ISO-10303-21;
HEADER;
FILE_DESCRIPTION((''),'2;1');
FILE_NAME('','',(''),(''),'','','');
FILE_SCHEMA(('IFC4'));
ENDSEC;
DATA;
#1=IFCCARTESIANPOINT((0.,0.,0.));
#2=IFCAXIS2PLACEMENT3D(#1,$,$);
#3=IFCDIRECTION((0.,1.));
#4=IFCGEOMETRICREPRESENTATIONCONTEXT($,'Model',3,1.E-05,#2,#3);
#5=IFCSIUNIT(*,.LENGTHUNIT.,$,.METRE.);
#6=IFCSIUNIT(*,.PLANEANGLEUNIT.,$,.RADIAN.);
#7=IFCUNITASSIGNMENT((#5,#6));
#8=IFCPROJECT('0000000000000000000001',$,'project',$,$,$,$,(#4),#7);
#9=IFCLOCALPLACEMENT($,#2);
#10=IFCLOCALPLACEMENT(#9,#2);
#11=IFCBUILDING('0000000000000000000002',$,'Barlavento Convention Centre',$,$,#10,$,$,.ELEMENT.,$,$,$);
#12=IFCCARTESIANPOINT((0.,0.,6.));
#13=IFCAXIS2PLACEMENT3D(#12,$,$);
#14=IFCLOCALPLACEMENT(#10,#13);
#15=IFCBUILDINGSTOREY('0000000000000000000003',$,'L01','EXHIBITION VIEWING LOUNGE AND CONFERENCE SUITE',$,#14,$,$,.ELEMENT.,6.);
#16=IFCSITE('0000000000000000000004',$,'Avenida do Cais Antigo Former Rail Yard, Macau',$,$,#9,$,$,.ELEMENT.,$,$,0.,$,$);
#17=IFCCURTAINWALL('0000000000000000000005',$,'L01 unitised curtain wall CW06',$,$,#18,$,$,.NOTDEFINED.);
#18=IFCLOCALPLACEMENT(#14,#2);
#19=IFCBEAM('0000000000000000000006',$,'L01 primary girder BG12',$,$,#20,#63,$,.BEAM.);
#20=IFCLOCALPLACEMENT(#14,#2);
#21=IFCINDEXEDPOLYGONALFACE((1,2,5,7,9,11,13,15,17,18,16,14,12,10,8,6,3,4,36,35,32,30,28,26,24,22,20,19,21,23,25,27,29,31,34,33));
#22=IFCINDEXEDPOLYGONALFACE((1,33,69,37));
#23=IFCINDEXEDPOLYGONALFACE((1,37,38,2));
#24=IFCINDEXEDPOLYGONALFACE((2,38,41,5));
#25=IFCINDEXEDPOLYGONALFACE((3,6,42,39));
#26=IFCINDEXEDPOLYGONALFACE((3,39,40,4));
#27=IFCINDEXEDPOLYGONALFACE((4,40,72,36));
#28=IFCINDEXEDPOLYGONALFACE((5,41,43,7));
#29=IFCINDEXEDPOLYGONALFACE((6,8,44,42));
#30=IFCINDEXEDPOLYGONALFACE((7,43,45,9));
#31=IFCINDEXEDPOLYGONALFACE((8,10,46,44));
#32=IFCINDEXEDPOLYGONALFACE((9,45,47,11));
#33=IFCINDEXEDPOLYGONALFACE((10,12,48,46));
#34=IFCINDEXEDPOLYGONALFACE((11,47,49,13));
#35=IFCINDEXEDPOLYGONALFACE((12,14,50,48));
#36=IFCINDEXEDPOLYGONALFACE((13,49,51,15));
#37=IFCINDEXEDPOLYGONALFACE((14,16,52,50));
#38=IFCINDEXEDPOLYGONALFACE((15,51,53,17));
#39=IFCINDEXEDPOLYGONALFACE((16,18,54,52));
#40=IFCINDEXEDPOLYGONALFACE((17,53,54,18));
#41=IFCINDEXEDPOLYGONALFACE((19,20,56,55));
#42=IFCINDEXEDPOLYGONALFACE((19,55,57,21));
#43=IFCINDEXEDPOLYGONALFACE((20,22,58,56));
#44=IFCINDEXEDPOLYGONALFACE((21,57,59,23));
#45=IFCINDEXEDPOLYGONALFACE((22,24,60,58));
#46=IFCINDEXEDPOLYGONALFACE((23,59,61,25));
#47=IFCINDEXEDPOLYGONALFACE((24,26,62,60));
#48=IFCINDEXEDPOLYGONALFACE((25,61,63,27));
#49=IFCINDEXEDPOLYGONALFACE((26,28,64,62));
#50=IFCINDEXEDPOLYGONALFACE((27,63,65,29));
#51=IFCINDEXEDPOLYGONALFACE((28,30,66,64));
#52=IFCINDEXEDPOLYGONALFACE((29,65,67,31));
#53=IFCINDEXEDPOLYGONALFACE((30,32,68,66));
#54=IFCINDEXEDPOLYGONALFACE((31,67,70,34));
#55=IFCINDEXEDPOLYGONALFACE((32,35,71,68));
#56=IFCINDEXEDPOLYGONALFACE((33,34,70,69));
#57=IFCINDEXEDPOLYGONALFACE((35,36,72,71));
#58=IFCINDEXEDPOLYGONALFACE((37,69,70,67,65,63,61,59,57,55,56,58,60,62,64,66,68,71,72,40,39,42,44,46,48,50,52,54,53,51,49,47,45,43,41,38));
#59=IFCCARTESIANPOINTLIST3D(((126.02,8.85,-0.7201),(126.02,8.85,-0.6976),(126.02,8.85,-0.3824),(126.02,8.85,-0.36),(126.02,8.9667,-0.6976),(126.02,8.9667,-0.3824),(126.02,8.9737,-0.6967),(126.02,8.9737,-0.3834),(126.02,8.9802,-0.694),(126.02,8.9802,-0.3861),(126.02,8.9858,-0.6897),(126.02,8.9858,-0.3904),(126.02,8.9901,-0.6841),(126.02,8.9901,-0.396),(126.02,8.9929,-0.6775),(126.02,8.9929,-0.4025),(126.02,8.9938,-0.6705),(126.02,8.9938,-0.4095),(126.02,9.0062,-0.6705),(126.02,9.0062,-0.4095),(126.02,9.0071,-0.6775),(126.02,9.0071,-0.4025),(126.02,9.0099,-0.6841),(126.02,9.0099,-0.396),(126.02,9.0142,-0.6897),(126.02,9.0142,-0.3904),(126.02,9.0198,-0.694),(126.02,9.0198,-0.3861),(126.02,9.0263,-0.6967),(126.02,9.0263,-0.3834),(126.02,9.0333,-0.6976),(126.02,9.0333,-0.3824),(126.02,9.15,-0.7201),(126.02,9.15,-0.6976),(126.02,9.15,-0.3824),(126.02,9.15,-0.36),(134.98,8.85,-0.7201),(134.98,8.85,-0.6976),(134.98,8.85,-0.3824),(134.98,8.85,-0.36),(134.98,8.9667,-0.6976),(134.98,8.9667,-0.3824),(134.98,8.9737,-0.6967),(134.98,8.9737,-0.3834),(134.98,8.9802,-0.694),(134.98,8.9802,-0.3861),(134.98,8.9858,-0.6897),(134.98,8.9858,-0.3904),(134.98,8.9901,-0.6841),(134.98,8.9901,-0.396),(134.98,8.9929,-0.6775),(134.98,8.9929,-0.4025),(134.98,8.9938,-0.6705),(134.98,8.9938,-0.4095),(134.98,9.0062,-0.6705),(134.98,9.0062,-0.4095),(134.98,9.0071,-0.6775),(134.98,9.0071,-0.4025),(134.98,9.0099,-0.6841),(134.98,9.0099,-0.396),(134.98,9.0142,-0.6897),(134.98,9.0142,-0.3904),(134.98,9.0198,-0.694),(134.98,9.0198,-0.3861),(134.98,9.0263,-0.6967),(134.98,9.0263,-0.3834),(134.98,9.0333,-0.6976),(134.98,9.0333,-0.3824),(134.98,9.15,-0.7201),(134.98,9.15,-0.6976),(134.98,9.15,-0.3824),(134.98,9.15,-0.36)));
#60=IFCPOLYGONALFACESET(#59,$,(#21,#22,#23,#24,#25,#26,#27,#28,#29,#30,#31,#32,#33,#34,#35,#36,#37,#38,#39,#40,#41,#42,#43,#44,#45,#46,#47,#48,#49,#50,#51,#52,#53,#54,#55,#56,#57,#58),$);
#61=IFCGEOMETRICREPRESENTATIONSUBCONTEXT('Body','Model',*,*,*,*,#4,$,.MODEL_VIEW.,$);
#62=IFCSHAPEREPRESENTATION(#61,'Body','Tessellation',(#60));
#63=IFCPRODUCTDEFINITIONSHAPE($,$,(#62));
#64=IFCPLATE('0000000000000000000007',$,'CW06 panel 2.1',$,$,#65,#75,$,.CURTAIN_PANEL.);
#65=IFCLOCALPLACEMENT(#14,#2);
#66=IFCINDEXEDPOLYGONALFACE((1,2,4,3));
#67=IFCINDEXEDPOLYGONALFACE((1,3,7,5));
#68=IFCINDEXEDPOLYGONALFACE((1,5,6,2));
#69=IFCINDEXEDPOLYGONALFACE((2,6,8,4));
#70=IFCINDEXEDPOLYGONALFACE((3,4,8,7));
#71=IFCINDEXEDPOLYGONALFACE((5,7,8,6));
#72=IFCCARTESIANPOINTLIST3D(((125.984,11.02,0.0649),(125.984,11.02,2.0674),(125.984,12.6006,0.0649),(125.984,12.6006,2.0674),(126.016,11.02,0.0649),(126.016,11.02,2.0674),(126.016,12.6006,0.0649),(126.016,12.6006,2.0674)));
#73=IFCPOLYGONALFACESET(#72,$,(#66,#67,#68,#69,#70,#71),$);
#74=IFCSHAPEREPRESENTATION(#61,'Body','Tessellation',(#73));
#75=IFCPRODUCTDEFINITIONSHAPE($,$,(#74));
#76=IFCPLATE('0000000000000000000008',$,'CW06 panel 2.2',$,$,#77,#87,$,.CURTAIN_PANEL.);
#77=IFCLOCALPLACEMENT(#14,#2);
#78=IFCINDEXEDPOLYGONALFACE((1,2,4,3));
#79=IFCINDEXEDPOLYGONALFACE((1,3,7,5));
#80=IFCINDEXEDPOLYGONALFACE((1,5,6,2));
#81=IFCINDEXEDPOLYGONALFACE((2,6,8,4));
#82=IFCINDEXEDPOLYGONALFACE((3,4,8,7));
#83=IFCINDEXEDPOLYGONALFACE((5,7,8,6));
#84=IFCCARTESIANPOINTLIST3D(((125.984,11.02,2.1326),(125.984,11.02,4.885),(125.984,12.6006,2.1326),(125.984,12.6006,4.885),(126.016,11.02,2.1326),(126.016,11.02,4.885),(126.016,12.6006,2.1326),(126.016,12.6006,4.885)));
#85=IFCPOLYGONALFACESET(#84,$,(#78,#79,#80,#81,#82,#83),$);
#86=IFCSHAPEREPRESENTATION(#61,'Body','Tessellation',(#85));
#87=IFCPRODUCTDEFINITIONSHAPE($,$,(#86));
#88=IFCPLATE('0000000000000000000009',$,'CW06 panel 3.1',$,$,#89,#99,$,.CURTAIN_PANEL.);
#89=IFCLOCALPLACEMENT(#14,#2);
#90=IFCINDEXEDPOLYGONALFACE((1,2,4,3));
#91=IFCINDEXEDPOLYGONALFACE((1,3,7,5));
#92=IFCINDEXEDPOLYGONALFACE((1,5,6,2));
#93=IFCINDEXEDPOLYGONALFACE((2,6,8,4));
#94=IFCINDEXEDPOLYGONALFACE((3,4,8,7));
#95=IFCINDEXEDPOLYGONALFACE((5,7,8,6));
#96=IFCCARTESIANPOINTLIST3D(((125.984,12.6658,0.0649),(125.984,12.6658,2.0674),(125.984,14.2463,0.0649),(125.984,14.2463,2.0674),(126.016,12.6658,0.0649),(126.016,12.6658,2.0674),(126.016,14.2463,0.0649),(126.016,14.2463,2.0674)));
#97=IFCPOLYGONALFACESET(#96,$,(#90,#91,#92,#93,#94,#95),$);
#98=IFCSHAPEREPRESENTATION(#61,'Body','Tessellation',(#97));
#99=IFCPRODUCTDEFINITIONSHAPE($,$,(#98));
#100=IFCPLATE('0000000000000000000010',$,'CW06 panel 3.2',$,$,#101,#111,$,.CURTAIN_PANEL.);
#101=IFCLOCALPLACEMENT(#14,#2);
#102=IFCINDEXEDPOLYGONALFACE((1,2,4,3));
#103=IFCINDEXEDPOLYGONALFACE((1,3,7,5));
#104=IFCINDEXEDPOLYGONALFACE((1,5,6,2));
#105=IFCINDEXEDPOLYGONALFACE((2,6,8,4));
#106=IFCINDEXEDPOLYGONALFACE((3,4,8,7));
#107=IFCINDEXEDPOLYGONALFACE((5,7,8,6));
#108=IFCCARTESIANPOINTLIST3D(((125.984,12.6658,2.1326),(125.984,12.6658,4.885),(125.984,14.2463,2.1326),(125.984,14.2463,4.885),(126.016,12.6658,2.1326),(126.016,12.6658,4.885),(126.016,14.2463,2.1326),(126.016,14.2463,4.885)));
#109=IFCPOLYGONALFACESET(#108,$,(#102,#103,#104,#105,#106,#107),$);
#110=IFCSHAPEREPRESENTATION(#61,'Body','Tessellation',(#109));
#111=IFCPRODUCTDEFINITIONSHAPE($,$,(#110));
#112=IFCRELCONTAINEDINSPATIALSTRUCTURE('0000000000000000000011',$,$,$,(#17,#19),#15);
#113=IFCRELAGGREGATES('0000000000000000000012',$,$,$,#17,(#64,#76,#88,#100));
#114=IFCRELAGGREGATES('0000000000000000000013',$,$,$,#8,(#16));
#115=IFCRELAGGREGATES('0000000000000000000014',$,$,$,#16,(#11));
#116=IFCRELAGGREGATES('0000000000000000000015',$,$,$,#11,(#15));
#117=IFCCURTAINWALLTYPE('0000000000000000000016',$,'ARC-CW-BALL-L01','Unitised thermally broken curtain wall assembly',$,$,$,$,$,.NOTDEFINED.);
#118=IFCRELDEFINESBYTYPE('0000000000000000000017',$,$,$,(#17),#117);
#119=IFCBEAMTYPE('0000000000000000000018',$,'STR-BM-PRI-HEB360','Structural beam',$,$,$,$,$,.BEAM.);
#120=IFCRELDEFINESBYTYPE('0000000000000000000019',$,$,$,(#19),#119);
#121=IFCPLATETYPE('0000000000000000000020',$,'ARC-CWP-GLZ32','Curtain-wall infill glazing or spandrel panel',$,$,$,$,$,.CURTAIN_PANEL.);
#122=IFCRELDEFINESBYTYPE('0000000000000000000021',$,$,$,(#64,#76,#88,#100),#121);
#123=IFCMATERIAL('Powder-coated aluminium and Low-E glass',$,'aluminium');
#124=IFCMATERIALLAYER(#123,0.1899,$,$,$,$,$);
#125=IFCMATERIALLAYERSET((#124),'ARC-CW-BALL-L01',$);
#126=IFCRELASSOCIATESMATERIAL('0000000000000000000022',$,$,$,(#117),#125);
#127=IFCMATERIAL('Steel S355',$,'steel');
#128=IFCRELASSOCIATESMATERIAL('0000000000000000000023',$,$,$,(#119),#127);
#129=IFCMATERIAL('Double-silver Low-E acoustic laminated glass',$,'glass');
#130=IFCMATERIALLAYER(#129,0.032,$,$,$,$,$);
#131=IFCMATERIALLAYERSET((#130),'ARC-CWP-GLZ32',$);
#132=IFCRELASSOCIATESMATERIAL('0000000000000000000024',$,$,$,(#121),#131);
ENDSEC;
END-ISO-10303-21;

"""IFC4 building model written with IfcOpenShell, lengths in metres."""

from ifc_helpers import new_model, si_unit, direction, frame, origin, origin_2d, place, context, subcontext, project, spatial, rectangle, i_section, extrude, material, layer, layer_set, material_profile, profile_set, type_object, element, aggregate, save


model = new_model("IFC4")

# Units and contexts
model_context = context("Model", 3, precision=1e-05, world=origin(), true_north=direction((0.0, 1.0)))
body_context = subcontext(model_context, "Body", "Model", "MODEL_VIEW")
ifc_project = project(units=[si_unit("LENGTHUNIT", "METRE"), si_unit("PLANEANGLEUNIT", "RADIAN")], contexts=[model_context])

# Site, building, storey
site_placement = place(None, origin())
site = spatial("IfcSite", under=ifc_project, at=site_placement, Name="Avenida do Cais Antigo Former Rail Yard, Macau", CompositionType="ELEMENT", RefElevation=0.0)
building_placement = place(site_placement, origin())
building = spatial("IfcBuilding", under=site, at=building_placement, Name="Barlavento Convention Centre", CompositionType="ELEMENT")
storey_placement = place(building_placement, frame((0.0, 0.0, 6.0)))
storey = spatial("IfcBuildingStorey", under=building, at=storey_placement, Name="L01", Description="EXHIBITION VIEWING LOUNGE AND CONFERENCE SUITE", CompositionType="ELEMENT", Elevation=6.0)

# Curtain wall
ifc_material_1 = material(Name="Powder-coated aluminium and Low-E glass", Category="aluminium")
ifc_layer_1 = layer(ifc_material_1, 0.1899)
ifc_layer_set_1 = layer_set([ifc_layer_1], Name="ARC-CW-BALL-L01")
curtain_wall_type = type_object("IfcCurtainWallType", Name="ARC-CW-BALL-L01", Description="Unitised thermally broken curtain wall assembly", PredefinedType="NOTDEFINED", material=ifc_layer_set_1)
curtain_wall_placement = place(storey_placement, origin())
curtain_wall = element("IfcCurtainWall", 1, at=curtain_wall_placement, inside=storey, type_object=curtain_wall_type, Name="L01 unitised curtain wall CW06", PredefinedType="NOTDEFINED")

# Beam
ifc_material_2 = material(Name="Steel S355", Category="steel")
ifc_material_profile_1 = material_profile(ifc_material_2, i_section(OverallWidth=0.3, OverallDepth=0.3601, WebThickness=0.0125, FlangeThickness=0.0225, FilletRadius=0.0271, at=origin_2d()), Name="HEB 360")
ifc_profile_set_1 = profile_set([ifc_material_profile_1], Name="Steel S355")
beam_type_1 = type_object("IfcBeamType", Name="STR-BM-PRI-HEB360", Description="Structural beam", PredefinedType="BEAM", material=ifc_profile_set_1)
beam_1_placement = place(storey_placement, frame((126.02, 9.0, -0.54), z_axis=(1.0, 0.0, 0.0), x_axis=(0.0, 1.0, 0.0)))
element("IfcBeam", 2, at=beam_1_placement, inside=storey, type_object=beam_type_1, Name="L01 primary girder BG12", PredefinedType="BEAM", context=body_context, shape_type="SweptSolid", body=[
    extrude(i_section(OverallWidth=0.3, OverallDepth=0.3601, WebThickness=0.0125, FlangeThickness=0.0225, FilletRadius=0.0271, at=origin_2d()), origin(), (0.0, 0.0, 1.0), 8.96),
])

# Plates
ifc_material_3 = material(Name="Double-silver Low-E acoustic laminated glass", Category="glass")
ifc_layer_2 = layer(ifc_material_3, 0.032)
ifc_layer_set_2 = layer_set([ifc_layer_2], Name="ARC-CWP-GLZ32")
plate_type = type_object("IfcPlateType", Name="ARC-CWP-GLZ32", Description="Curtain-wall infill glazing or spandrel panel", PredefinedType="CURTAIN_PANEL", material=ifc_layer_set_2)
plate_1_placement = place(storey_placement, frame((126.0, 11.8103, 0.0649), z_axis=(0.0, 0.0, 1.0), x_axis=(0.0, 1.0, 0.0)))
plate_1 = element("IfcPlate", 3, at=plate_1_placement, type_object=plate_type, Name="CW06 panel 2.1", PredefinedType="CURTAIN_PANEL", context=body_context, shape_type="SweptSolid", body=[
    extrude(rectangle(XDim=1.5806, YDim=0.032, at=origin_2d()), origin(), (0.0, 0.0, 1.0), 2.0024),
])
plate_2_placement = place(storey_placement, frame((126.0, 11.8103, 2.1326), z_axis=(0.0, 0.0, 1.0), x_axis=(0.0, 1.0, 0.0)))
plate_2 = element("IfcPlate", 4, at=plate_2_placement, type_object=plate_type, Name="CW06 panel 2.2", PredefinedType="CURTAIN_PANEL", context=body_context, shape_type="SweptSolid", body=[
    extrude(rectangle(XDim=1.5806, YDim=0.032, at=origin_2d()), origin(), (0.0, 0.0, 1.0), 2.7524),
])
plate_3_placement = place(storey_placement, frame((126.0, 13.4561, 0.0649), z_axis=(0.0, 0.0, 1.0), x_axis=(0.0, 1.0, 0.0)))
plate_3 = element("IfcPlate", 5, at=plate_3_placement, type_object=plate_type, Name="CW06 panel 3.1", PredefinedType="CURTAIN_PANEL", context=body_context, shape_type="SweptSolid", body=[
    extrude(rectangle(XDim=1.5806, YDim=0.032, at=origin_2d()), origin(), (0.0, 0.0, 1.0), 2.0024),
])
plate_4_placement = place(storey_placement, frame((126.0, 13.4561, 2.1326), z_axis=(0.0, 0.0, 1.0), x_axis=(0.0, 1.0, 0.0)))
plate_4 = element("IfcPlate", 6, at=plate_4_placement, type_object=plate_type, Name="CW06 panel 3.2", PredefinedType="CURTAIN_PANEL", context=body_context, shape_type="SweptSolid", body=[
    extrude(rectangle(XDim=1.5806, YDim=0.032, at=origin_2d()), origin(), (0.0, 0.0, 1.0), 2.7524),
])
aggregate(curtain_wall, [plate_1, plate_2, plate_3, plate_4])

save(model, "model.ifc")
